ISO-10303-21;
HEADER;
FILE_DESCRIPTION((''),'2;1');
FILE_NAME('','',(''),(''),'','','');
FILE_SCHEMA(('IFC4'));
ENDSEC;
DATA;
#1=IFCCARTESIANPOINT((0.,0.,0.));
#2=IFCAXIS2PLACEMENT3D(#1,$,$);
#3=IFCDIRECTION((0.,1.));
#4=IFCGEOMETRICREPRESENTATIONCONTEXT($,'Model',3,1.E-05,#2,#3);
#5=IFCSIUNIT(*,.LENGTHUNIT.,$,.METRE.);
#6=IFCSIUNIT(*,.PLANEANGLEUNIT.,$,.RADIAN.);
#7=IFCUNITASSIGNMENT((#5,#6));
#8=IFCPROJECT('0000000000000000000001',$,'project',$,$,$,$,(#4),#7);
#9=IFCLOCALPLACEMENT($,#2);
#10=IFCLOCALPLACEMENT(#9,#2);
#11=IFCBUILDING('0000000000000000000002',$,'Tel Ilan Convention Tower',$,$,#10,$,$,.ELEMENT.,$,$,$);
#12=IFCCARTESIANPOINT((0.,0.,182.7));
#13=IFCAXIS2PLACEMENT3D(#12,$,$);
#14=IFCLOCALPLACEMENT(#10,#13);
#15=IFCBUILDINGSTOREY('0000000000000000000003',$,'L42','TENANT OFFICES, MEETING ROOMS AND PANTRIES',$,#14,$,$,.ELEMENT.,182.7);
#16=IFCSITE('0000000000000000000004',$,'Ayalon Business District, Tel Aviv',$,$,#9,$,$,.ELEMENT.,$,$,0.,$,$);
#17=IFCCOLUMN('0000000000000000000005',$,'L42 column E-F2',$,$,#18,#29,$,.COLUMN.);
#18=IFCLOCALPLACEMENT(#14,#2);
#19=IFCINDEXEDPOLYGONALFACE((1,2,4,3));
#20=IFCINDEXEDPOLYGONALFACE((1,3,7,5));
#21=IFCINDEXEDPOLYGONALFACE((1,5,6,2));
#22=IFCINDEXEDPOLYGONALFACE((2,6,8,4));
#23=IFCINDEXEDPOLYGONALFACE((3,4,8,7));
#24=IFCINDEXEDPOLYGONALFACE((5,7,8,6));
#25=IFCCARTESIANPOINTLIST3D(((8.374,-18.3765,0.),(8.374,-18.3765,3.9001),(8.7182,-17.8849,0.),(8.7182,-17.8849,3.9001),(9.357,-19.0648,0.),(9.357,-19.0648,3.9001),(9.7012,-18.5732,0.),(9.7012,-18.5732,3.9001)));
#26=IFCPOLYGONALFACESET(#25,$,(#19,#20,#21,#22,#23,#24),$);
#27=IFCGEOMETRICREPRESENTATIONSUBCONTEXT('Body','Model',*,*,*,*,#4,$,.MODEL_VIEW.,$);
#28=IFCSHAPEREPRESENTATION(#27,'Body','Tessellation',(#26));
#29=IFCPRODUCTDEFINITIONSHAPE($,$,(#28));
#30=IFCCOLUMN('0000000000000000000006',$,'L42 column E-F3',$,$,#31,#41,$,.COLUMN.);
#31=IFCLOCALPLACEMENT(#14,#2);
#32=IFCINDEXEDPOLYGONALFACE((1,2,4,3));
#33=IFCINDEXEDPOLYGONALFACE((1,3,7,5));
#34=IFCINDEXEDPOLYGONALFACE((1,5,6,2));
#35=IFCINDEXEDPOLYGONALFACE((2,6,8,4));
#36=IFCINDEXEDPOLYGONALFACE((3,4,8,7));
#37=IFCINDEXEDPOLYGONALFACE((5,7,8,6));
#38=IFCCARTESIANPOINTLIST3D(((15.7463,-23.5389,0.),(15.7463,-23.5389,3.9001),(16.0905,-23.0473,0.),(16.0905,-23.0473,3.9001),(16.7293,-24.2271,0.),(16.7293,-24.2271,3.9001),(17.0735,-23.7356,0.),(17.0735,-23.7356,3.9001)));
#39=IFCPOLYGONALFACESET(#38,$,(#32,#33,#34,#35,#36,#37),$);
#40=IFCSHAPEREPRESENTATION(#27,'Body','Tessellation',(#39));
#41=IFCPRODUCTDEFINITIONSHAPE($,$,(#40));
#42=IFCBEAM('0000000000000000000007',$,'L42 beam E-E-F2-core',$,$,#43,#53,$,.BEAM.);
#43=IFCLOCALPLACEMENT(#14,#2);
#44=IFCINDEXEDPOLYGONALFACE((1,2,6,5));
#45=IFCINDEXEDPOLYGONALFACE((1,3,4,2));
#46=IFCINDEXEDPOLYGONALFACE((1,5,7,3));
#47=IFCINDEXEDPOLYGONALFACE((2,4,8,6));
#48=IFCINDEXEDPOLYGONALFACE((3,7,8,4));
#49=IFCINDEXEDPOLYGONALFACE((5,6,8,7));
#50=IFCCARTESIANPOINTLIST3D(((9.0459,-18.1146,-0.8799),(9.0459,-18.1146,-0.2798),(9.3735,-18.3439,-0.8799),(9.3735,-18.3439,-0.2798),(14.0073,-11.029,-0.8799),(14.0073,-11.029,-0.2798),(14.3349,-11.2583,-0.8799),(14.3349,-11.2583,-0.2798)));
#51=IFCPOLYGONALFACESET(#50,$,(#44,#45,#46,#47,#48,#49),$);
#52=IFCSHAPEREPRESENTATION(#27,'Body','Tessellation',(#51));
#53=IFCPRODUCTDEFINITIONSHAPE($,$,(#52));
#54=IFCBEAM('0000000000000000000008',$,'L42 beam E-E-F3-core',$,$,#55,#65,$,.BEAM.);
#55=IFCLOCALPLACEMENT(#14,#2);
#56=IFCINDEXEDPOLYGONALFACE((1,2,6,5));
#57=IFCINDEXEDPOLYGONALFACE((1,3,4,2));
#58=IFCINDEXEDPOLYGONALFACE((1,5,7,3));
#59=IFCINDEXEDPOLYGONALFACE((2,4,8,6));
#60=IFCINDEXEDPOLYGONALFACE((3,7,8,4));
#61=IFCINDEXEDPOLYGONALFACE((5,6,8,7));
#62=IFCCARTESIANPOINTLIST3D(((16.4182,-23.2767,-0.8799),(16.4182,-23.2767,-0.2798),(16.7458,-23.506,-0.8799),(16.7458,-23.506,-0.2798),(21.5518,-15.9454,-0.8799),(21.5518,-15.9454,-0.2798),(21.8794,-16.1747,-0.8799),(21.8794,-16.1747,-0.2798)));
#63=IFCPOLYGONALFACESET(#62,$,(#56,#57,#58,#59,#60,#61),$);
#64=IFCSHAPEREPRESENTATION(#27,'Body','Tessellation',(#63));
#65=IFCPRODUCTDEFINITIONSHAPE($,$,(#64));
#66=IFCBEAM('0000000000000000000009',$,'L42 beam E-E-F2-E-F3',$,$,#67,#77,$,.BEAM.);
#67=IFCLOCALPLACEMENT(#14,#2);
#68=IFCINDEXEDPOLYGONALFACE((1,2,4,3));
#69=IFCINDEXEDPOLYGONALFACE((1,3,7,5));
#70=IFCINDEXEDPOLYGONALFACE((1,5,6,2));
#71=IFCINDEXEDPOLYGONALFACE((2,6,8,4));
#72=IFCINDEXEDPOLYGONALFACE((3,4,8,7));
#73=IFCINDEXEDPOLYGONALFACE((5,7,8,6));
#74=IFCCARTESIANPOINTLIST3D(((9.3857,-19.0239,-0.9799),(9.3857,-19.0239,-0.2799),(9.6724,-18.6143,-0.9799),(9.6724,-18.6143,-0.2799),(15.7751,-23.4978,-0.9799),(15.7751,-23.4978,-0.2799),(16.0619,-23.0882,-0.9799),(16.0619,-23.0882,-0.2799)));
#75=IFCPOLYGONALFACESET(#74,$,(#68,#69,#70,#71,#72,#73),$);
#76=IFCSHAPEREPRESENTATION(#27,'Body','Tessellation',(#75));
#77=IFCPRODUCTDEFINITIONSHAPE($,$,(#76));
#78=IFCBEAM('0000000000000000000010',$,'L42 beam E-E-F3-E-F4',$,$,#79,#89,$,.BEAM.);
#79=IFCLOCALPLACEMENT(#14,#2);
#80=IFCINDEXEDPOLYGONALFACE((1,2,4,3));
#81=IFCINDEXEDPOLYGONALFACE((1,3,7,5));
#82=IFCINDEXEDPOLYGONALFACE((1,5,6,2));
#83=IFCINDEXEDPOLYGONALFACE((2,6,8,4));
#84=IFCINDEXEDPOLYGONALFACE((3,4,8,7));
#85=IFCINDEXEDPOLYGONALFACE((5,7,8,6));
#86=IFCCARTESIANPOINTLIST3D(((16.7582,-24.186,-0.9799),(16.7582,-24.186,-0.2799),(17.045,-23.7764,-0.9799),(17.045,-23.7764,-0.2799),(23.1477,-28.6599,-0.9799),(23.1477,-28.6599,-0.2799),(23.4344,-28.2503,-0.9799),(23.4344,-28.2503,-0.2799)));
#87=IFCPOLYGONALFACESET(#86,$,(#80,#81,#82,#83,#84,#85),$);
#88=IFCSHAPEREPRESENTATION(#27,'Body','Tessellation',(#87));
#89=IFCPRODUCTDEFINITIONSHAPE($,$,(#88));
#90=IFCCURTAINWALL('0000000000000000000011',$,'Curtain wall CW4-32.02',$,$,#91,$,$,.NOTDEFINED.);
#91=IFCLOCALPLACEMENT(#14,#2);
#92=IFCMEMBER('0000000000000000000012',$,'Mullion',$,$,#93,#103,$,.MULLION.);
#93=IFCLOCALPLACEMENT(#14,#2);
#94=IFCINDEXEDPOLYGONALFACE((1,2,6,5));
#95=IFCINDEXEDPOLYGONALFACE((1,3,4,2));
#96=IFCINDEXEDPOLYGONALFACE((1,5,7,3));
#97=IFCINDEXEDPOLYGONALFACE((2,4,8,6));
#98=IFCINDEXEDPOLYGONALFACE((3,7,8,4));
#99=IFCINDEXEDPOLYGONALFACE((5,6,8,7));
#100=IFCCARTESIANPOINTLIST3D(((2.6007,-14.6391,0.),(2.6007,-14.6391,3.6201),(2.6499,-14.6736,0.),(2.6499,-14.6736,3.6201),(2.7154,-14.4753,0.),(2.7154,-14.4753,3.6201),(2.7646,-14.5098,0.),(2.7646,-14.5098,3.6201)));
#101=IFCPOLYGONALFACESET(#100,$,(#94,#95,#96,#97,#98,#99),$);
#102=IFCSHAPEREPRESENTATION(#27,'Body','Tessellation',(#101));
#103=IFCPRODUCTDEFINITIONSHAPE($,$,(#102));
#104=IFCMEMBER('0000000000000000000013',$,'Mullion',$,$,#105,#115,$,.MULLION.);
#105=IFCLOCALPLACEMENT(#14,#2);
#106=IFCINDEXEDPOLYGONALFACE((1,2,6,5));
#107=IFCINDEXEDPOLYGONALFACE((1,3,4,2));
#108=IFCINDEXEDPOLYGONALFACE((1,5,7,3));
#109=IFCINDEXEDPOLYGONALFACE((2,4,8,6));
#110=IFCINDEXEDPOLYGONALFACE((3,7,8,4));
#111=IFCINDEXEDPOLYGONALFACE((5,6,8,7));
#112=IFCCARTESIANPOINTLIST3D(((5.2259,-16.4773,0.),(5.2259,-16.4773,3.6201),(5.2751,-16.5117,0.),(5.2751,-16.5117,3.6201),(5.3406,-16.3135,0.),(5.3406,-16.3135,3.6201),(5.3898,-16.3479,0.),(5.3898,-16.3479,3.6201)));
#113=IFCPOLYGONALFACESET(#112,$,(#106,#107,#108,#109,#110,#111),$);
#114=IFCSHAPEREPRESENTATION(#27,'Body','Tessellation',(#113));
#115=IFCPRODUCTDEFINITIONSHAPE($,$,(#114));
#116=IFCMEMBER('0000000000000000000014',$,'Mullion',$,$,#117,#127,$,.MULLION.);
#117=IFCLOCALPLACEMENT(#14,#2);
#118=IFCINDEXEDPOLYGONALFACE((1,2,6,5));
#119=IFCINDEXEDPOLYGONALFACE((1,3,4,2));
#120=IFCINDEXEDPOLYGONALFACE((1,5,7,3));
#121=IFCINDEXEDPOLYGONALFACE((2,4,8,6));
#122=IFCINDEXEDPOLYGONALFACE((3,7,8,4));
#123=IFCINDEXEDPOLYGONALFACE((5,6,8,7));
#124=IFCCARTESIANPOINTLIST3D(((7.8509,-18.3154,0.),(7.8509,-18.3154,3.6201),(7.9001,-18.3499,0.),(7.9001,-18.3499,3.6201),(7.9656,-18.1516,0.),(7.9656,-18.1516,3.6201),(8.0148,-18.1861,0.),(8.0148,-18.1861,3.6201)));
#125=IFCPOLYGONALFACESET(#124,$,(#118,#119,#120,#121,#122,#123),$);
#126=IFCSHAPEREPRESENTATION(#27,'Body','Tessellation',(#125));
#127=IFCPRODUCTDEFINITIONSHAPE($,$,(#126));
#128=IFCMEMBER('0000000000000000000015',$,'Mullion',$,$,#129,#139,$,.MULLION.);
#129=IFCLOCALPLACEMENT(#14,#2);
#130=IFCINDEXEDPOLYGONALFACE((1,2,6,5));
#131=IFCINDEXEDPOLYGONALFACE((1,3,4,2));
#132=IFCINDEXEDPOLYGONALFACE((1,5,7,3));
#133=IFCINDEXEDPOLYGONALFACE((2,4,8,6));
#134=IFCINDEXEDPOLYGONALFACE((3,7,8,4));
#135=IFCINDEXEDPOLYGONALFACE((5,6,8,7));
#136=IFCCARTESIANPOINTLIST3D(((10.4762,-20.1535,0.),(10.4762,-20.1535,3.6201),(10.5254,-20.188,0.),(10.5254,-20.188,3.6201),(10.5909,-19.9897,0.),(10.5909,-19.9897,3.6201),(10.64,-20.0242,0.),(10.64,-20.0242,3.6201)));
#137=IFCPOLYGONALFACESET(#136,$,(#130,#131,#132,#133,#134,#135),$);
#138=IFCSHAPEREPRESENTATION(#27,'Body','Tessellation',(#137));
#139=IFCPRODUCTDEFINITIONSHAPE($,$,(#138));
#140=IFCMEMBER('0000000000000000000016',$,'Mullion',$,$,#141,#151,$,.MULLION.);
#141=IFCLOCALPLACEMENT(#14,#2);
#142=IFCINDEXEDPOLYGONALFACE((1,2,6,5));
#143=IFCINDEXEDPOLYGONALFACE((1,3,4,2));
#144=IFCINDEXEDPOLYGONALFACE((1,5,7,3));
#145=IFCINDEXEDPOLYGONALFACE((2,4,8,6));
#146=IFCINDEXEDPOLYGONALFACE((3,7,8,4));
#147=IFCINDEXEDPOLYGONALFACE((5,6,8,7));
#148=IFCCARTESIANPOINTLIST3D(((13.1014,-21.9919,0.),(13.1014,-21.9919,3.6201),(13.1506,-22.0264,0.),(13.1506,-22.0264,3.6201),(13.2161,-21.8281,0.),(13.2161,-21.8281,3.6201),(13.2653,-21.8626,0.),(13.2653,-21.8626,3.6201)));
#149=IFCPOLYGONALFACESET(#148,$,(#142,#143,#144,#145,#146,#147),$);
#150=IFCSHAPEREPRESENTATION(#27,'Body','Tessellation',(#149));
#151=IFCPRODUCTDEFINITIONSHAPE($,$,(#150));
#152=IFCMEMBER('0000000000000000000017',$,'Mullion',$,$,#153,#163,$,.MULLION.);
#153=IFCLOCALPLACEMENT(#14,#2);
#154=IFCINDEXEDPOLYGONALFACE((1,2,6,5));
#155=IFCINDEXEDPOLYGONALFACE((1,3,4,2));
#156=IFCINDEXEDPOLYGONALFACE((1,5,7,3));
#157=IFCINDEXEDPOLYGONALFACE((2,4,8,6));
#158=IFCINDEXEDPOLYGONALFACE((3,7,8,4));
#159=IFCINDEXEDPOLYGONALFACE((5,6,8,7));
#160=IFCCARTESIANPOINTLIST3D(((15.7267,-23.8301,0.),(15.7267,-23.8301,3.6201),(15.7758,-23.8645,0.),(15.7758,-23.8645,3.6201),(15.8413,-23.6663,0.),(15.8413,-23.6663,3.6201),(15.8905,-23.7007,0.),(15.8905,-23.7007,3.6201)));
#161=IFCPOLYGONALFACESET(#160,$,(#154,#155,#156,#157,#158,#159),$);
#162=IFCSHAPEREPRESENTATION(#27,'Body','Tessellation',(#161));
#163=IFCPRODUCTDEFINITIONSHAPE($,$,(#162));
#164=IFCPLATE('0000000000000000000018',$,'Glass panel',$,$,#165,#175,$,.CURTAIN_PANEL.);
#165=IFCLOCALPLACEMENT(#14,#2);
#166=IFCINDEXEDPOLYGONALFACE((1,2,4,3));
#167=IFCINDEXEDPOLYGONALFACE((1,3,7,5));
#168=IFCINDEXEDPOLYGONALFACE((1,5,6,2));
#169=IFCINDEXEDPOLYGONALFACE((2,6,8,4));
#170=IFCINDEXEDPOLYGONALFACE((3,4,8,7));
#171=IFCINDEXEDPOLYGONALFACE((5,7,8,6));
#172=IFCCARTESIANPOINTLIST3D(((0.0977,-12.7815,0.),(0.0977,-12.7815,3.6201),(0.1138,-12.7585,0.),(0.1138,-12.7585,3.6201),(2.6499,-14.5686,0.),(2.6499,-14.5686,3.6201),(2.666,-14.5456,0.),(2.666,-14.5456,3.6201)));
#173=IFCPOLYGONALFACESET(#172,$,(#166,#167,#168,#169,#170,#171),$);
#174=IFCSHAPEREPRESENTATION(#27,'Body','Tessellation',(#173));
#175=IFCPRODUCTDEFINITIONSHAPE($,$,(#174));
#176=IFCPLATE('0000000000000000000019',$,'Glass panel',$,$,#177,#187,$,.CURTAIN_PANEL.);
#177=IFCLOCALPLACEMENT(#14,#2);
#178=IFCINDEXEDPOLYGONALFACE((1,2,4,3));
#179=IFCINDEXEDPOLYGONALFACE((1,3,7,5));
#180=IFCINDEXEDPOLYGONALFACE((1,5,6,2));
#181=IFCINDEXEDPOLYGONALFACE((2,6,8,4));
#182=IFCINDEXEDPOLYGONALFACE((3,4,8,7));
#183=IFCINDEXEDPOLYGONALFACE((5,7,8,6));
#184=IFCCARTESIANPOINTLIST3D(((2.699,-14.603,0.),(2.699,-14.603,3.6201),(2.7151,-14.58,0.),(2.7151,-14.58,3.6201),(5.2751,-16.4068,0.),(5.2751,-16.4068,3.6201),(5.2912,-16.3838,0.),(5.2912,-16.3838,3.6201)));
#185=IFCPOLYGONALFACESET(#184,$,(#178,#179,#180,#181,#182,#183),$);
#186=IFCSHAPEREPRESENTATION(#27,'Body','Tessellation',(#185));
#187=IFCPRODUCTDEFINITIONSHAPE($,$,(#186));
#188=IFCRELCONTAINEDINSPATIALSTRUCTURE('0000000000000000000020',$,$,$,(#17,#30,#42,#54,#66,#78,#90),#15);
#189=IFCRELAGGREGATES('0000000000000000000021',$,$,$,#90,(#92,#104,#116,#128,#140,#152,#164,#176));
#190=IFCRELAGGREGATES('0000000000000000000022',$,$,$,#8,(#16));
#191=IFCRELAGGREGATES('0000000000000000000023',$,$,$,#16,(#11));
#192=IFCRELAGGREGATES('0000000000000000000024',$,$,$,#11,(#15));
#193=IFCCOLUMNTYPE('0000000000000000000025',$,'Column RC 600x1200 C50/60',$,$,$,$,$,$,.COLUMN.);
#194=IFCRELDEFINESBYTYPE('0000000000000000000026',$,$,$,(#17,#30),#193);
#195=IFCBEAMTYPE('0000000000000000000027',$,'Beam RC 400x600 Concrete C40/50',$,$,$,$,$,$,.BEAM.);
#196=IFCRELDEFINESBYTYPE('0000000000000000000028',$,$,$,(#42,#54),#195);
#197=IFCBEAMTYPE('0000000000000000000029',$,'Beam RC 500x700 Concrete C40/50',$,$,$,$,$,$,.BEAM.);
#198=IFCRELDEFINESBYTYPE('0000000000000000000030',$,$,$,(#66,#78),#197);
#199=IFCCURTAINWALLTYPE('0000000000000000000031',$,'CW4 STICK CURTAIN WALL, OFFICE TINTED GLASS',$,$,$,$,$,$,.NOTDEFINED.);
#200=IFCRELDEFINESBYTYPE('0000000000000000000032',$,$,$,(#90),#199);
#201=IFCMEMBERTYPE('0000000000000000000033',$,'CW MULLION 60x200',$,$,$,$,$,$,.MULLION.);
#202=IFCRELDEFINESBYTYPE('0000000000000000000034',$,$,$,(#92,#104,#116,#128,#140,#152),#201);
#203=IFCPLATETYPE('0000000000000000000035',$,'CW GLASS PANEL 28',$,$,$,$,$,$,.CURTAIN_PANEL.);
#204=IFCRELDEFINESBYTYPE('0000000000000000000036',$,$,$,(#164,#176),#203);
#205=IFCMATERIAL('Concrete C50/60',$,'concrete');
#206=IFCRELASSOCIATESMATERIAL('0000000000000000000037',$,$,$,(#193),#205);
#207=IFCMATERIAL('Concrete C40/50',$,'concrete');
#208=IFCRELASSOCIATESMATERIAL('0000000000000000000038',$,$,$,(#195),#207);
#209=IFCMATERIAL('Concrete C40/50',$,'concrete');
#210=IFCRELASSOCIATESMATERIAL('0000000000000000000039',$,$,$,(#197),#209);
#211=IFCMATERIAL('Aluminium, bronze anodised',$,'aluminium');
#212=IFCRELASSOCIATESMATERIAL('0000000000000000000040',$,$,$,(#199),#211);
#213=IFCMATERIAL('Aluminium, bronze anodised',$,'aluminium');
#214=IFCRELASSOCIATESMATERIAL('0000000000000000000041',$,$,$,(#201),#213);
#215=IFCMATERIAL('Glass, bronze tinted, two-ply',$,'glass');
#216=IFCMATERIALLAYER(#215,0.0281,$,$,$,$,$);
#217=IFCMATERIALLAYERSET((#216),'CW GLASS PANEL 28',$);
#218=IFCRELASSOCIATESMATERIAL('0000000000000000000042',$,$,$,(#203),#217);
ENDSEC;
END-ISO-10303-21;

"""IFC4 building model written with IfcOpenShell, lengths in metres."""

from ifc_helpers import new_model, si_unit, direction, frame, origin, origin_2d, place, context, subcontext, project, spatial, rectangle, extrude, material, layer, layer_set, material_profile, profile_set, type_object, element, aggregate, save


model = new_model("IFC4")

# Units and contexts
model_context = context("Model", 3, precision=1e-05, world=origin(), true_north=direction((0.0, 1.0)))
body_context = subcontext(model_context, "Body", "Model", "MODEL_VIEW")
ifc_project = project(units=[si_unit("LENGTHUNIT", "METRE"), si_unit("PLANEANGLEUNIT", "RADIAN")], contexts=[model_context])

# Site, building, storey
site_placement = place(None, origin())
site = spatial("IfcSite", under=ifc_project, at=site_placement, Name="Ayalon Business District, Tel Aviv", CompositionType="ELEMENT", RefElevation=0.0)
building_placement = place(site_placement, origin())
building = spatial("IfcBuilding", under=site, at=building_placement, Name="Tel Ilan Convention Tower", CompositionType="ELEMENT")
storey_placement = place(building_placement, frame((0.0, 0.0, 182.7)))
storey = spatial("IfcBuildingStorey", under=building, at=storey_placement, Name="L42", Description="TENANT OFFICES, MEETING ROOMS AND PANTRIES", CompositionType="ELEMENT", Elevation=182.7)

# Columns
ifc_material_1 = material(Name="Concrete C50/60", Category="concrete")
ifc_material_profile_1 = material_profile(ifc_material_1, rectangle(XDim=1.2, YDim=0.6001, at=origin_2d()), Name="RC 600x1200")
ifc_profile_set_1 = profile_set([ifc_material_profile_1], Name="Concrete C50/60")
column_type = type_object("IfcColumnType", Name="Column RC 600x1200 C50/60", PredefinedType="COLUMN", material=ifc_profile_set_1)
for number, where, z_axis, x_axis, name in (
    (1, (9.0376, -18.4749, 0.0), (0.0, 0.0, 1.0), (0.819152, -0.573576, 0.0), "L42 column E-F2"),
    (2, (16.4099, -23.6372, 0.0), (0.0, 0.0, 1.0), (0.819152, -0.573576, 0.0), "L42 column E-F3"),
):
    element("IfcColumn", number, at=place(storey_placement, frame(where, z_axis=z_axis, x_axis=x_axis)), inside=storey, type_object=column_type, Name=name, PredefinedType="COLUMN", context=body_context, shape_type="SweptSolid", body=[
        extrude(rectangle(XDim=1.2, YDim=0.6001, at=origin_2d()), origin(), (0.0, 0.0, 1.0), 3.9001),
    ])

# Beams
ifc_material_2 = material(Name="Concrete C40/50", Category="concrete")
ifc_material_profile_2 = material_profile(ifc_material_2, rectangle(XDim=0.3999, YDim=0.6001, at=origin_2d()), Name="RC 400x600")
ifc_profile_set_2 = profile_set([ifc_material_profile_2], Name="Concrete C40/50")
beam_type_1 = type_object("IfcBeamType", Name="Beam RC 400x600 Concrete C40/50", PredefinedType="BEAM", material=ifc_profile_set_2)
beam_1_placement = place(storey_placement, frame((9.2097, -18.2292, -0.5798), z_axis=(0.573574, 0.819154, 0.0), x_axis=(-0.819154, 0.573574, 0.0)))
element("IfcBeam", 3, at=beam_1_placement, inside=storey, type_object=beam_type_1, Name="L42 beam E-E-F2-core", PredefinedType="BEAM", context=body_context, shape_type="SweptSolid", body=[
    extrude(rectangle(XDim=0.3999, YDim=0.6001, at=origin_2d()), origin(), (0.0, 0.0, 1.0), 8.6499),
])
beam_2_placement = place(storey_placement, frame((16.582, -23.3914, -0.5798), z_axis=(0.573585, 0.819146, 0.0), x_axis=(-0.819146, 0.573585, 0.0)))
element("IfcBeam", 4, at=beam_2_placement, inside=storey, type_object=beam_type_1, Name="L42 beam E-E-F3-core", PredefinedType="BEAM", context=body_context, shape_type="SweptSolid", body=[
    extrude(rectangle(XDim=0.3999, YDim=0.6001, at=origin_2d()), origin(), (0.0, 0.0, 1.0), 8.95),
])
ifc_material_3 = material(Name="Concrete C40/50", Category="concrete")
ifc_material_profile_3 = material_profile(ifc_material_3, rectangle(XDim=0.5, YDim=0.7, at=origin_2d()), Name="RC 500x700")
ifc_profile_set_3 = profile_set([ifc_material_profile_3], Name="Concrete C40/50")
beam_type_2 = type_object("IfcBeamType", Name="Beam RC 500x700 Concrete C40/50", PredefinedType="BEAM", material=ifc_profile_set_3)
for number, where, z_axis, x_axis, name in (
    (5, (9.5291, -18.8191, -0.6299), (0.819154, -0.573574, 0.0), (0.573574, 0.819154, 0.0), "L42 beam E-E-F2-E-F3"),
    (6, (16.9016, -23.9812, -0.6299), (0.819154, -0.573574, 0.0), (0.573574, 0.819154, 0.0), "L42 beam E-E-F3-E-F4"),
):
    element("IfcBeam", number, at=place(storey_placement, frame(where, z_axis=z_axis, x_axis=x_axis)), inside=storey, type_object=beam_type_2, Name=name, PredefinedType="BEAM", context=body_context, shape_type="SweptSolid", body=[
        extrude(rectangle(XDim=0.5, YDim=0.7, at=origin_2d()), origin(), (0.0, 0.0, 1.0), 7.8),
    ])

# Curtain wall, members, plates
ifc_material_4 = material(Name="Aluminium, bronze anodised", Category="aluminium")
curtain_wall_type = type_object("IfcCurtainWallType", Name="CW4 STICK CURTAIN WALL, OFFICE TINTED GLASS", PredefinedType="NOTDEFINED", material=ifc_material_4)
curtain_wall_placement = place(storey_placement, origin())
curtain_wall = element("IfcCurtainWall", 7, at=curtain_wall_placement, inside=storey, type_object=curtain_wall_type, Name="Curtain wall CW4-32.02", PredefinedType="NOTDEFINED")
ifc_material_5 = material(Name="Aluminium, bronze anodised", Category="aluminium")
ifc_material_profile_4 = material_profile(ifc_material_5, rectangle(XDim=0.0601, YDim=0.2, at=origin_2d()), Name="CW MULLION 60x200")
ifc_profile_set_4 = profile_set([ifc_material_profile_4], Name="Aluminium, bronze anodised")
member_type = type_object("IfcMemberType", Name="CW MULLION 60x200", PredefinedType="MULLION", material=ifc_profile_set_4)
member_1_placement = place(storey_placement, frame((2.6826, -14.5745, 0.0), z_axis=(0.0, 0.0, 1.0), x_axis=(0.819152, -0.573576, 0.0)))
member_1 = element("IfcMember", 8, at=member_1_placement, type_object=member_type, Name="Mullion", PredefinedType="MULLION", context=body_context, shape_type="SweptSolid", body=[
    extrude(rectangle(XDim=0.0601, YDim=0.2, at=origin_2d()), origin(), (0.0, 0.0, 1.0), 3.6201),
])
member_2_placement = place(storey_placement, frame((5.3079, -16.4126, 0.0), z_axis=(0.0, 0.0, 1.0), x_axis=(0.819152, -0.573576, 0.0)))
member_2 = element("IfcMember", 9, at=member_2_placement, type_object=member_type, Name="Mullion", PredefinedType="MULLION", context=body_context, shape_type="SweptSolid", body=[
    extrude(rectangle(XDim=0.0601, YDim=0.2, at=origin_2d()), origin(), (0.0, 0.0, 1.0), 3.6201),
])
member_3_placement = place(storey_placement, frame((7.9329, -18.2507, 0.0), z_axis=(0.0, 0.0, 1.0), x_axis=(0.819152, -0.573576, 0.0)))
member_3 = element("IfcMember", 10, at=member_3_placement, type_object=member_type, Name="Mullion", PredefinedType="MULLION", context=body_context, shape_type="SweptSolid", body=[
    extrude(rectangle(XDim=0.0601, YDim=0.2, at=origin_2d()), origin(), (0.0, 0.0, 1.0), 3.6201),
])
member_4_placement = place(storey_placement, frame((10.5581, -20.0889, 0.0), z_axis=(0.0, 0.0, 1.0), x_axis=(0.819152, -0.573576, 0.0)))
member_4 = element("IfcMember", 11, at=member_4_placement, type_object=member_type, Name="Mullion", PredefinedType="MULLION", context=body_context, shape_type="SweptSolid", body=[
    extrude(rectangle(XDim=0.0601, YDim=0.2, at=origin_2d()), origin(), (0.0, 0.0, 1.0), 3.6201),
])
member_5_placement = place(storey_placement, frame((13.1833, -21.9272, 0.0), z_axis=(0.0, 0.0, 1.0), x_axis=(0.819152, -0.573576, 0.0)))
member_5 = element("IfcMember", 12, at=member_5_placement, type_object=member_type, Name="Mullion", PredefinedType="MULLION", context=body_context, shape_type="SweptSolid", body=[
    extrude(rectangle(XDim=0.0601, YDim=0.2, at=origin_2d()), origin(), (0.0, 0.0, 1.0), 3.6201),
])
member_6_placement = place(storey_placement, frame((15.8086, -23.7654, 0.0), z_axis=(0.0, 0.0, 1.0), x_axis=(0.819152, -0.573576, 0.0)))
member_6 = element("IfcMember", 13, at=member_6_placement, type_object=member_type, Name="Mullion", PredefinedType="MULLION", context=body_context, shape_type="SweptSolid", body=[
    extrude(rectangle(XDim=0.0601, YDim=0.2, at=origin_2d()), origin(), (0.0, 0.0, 1.0), 3.6201),
])
ifc_material_6 = material(Name="Glass, bronze tinted, two-ply", Category="glass")
ifc_layer_1 = layer(ifc_material_6, 0.0281)
ifc_layer_set_1 = layer_set([ifc_layer_1], Name="CW GLASS PANEL 28")
plate_type = type_object("IfcPlateType", Name="CW GLASS PANEL 28", PredefinedType="CURTAIN_PANEL", material=ifc_layer_set_1)
plate_1_placement = place(storey_placement, frame((1.3818, -13.6636, 0.0), z_axis=(0.0, 0.0, 1.0), x_axis=(0.819152, -0.573576, 0.0)))
plate_1 = element("IfcPlate", 14, at=plate_1_placement, type_object=plate_type, Name="Glass panel", PredefinedType="CURTAIN_PANEL", context=body_context, shape_type="SweptSolid", body=[
    extrude(rectangle(XDim=3.1157, YDim=0.0281, at=origin_2d()), origin(), (0.0, 0.0, 1.0), 3.6201),
])
plate_2_placement = place(storey_placement, frame((3.9951, -15.4934, 0.0), z_axis=(0.0, 0.0, 1.0), x_axis=(0.819152, -0.573576, 0.0)))
plate_2 = element("IfcPlate", 15, at=plate_2_placement, type_object=plate_type, Name="Glass panel", PredefinedType="CURTAIN_PANEL", context=body_context, shape_type="SweptSolid", body=[
    extrude(rectangle(XDim=3.1448, YDim=0.0281, at=origin_2d()), origin(), (0.0, 0.0, 1.0), 3.6201),
])
aggregate(curtain_wall, [member_1, member_2, member_3, member_4, member_5, member_6, plate_1, plate_2])

save(model, "model.ifc")
